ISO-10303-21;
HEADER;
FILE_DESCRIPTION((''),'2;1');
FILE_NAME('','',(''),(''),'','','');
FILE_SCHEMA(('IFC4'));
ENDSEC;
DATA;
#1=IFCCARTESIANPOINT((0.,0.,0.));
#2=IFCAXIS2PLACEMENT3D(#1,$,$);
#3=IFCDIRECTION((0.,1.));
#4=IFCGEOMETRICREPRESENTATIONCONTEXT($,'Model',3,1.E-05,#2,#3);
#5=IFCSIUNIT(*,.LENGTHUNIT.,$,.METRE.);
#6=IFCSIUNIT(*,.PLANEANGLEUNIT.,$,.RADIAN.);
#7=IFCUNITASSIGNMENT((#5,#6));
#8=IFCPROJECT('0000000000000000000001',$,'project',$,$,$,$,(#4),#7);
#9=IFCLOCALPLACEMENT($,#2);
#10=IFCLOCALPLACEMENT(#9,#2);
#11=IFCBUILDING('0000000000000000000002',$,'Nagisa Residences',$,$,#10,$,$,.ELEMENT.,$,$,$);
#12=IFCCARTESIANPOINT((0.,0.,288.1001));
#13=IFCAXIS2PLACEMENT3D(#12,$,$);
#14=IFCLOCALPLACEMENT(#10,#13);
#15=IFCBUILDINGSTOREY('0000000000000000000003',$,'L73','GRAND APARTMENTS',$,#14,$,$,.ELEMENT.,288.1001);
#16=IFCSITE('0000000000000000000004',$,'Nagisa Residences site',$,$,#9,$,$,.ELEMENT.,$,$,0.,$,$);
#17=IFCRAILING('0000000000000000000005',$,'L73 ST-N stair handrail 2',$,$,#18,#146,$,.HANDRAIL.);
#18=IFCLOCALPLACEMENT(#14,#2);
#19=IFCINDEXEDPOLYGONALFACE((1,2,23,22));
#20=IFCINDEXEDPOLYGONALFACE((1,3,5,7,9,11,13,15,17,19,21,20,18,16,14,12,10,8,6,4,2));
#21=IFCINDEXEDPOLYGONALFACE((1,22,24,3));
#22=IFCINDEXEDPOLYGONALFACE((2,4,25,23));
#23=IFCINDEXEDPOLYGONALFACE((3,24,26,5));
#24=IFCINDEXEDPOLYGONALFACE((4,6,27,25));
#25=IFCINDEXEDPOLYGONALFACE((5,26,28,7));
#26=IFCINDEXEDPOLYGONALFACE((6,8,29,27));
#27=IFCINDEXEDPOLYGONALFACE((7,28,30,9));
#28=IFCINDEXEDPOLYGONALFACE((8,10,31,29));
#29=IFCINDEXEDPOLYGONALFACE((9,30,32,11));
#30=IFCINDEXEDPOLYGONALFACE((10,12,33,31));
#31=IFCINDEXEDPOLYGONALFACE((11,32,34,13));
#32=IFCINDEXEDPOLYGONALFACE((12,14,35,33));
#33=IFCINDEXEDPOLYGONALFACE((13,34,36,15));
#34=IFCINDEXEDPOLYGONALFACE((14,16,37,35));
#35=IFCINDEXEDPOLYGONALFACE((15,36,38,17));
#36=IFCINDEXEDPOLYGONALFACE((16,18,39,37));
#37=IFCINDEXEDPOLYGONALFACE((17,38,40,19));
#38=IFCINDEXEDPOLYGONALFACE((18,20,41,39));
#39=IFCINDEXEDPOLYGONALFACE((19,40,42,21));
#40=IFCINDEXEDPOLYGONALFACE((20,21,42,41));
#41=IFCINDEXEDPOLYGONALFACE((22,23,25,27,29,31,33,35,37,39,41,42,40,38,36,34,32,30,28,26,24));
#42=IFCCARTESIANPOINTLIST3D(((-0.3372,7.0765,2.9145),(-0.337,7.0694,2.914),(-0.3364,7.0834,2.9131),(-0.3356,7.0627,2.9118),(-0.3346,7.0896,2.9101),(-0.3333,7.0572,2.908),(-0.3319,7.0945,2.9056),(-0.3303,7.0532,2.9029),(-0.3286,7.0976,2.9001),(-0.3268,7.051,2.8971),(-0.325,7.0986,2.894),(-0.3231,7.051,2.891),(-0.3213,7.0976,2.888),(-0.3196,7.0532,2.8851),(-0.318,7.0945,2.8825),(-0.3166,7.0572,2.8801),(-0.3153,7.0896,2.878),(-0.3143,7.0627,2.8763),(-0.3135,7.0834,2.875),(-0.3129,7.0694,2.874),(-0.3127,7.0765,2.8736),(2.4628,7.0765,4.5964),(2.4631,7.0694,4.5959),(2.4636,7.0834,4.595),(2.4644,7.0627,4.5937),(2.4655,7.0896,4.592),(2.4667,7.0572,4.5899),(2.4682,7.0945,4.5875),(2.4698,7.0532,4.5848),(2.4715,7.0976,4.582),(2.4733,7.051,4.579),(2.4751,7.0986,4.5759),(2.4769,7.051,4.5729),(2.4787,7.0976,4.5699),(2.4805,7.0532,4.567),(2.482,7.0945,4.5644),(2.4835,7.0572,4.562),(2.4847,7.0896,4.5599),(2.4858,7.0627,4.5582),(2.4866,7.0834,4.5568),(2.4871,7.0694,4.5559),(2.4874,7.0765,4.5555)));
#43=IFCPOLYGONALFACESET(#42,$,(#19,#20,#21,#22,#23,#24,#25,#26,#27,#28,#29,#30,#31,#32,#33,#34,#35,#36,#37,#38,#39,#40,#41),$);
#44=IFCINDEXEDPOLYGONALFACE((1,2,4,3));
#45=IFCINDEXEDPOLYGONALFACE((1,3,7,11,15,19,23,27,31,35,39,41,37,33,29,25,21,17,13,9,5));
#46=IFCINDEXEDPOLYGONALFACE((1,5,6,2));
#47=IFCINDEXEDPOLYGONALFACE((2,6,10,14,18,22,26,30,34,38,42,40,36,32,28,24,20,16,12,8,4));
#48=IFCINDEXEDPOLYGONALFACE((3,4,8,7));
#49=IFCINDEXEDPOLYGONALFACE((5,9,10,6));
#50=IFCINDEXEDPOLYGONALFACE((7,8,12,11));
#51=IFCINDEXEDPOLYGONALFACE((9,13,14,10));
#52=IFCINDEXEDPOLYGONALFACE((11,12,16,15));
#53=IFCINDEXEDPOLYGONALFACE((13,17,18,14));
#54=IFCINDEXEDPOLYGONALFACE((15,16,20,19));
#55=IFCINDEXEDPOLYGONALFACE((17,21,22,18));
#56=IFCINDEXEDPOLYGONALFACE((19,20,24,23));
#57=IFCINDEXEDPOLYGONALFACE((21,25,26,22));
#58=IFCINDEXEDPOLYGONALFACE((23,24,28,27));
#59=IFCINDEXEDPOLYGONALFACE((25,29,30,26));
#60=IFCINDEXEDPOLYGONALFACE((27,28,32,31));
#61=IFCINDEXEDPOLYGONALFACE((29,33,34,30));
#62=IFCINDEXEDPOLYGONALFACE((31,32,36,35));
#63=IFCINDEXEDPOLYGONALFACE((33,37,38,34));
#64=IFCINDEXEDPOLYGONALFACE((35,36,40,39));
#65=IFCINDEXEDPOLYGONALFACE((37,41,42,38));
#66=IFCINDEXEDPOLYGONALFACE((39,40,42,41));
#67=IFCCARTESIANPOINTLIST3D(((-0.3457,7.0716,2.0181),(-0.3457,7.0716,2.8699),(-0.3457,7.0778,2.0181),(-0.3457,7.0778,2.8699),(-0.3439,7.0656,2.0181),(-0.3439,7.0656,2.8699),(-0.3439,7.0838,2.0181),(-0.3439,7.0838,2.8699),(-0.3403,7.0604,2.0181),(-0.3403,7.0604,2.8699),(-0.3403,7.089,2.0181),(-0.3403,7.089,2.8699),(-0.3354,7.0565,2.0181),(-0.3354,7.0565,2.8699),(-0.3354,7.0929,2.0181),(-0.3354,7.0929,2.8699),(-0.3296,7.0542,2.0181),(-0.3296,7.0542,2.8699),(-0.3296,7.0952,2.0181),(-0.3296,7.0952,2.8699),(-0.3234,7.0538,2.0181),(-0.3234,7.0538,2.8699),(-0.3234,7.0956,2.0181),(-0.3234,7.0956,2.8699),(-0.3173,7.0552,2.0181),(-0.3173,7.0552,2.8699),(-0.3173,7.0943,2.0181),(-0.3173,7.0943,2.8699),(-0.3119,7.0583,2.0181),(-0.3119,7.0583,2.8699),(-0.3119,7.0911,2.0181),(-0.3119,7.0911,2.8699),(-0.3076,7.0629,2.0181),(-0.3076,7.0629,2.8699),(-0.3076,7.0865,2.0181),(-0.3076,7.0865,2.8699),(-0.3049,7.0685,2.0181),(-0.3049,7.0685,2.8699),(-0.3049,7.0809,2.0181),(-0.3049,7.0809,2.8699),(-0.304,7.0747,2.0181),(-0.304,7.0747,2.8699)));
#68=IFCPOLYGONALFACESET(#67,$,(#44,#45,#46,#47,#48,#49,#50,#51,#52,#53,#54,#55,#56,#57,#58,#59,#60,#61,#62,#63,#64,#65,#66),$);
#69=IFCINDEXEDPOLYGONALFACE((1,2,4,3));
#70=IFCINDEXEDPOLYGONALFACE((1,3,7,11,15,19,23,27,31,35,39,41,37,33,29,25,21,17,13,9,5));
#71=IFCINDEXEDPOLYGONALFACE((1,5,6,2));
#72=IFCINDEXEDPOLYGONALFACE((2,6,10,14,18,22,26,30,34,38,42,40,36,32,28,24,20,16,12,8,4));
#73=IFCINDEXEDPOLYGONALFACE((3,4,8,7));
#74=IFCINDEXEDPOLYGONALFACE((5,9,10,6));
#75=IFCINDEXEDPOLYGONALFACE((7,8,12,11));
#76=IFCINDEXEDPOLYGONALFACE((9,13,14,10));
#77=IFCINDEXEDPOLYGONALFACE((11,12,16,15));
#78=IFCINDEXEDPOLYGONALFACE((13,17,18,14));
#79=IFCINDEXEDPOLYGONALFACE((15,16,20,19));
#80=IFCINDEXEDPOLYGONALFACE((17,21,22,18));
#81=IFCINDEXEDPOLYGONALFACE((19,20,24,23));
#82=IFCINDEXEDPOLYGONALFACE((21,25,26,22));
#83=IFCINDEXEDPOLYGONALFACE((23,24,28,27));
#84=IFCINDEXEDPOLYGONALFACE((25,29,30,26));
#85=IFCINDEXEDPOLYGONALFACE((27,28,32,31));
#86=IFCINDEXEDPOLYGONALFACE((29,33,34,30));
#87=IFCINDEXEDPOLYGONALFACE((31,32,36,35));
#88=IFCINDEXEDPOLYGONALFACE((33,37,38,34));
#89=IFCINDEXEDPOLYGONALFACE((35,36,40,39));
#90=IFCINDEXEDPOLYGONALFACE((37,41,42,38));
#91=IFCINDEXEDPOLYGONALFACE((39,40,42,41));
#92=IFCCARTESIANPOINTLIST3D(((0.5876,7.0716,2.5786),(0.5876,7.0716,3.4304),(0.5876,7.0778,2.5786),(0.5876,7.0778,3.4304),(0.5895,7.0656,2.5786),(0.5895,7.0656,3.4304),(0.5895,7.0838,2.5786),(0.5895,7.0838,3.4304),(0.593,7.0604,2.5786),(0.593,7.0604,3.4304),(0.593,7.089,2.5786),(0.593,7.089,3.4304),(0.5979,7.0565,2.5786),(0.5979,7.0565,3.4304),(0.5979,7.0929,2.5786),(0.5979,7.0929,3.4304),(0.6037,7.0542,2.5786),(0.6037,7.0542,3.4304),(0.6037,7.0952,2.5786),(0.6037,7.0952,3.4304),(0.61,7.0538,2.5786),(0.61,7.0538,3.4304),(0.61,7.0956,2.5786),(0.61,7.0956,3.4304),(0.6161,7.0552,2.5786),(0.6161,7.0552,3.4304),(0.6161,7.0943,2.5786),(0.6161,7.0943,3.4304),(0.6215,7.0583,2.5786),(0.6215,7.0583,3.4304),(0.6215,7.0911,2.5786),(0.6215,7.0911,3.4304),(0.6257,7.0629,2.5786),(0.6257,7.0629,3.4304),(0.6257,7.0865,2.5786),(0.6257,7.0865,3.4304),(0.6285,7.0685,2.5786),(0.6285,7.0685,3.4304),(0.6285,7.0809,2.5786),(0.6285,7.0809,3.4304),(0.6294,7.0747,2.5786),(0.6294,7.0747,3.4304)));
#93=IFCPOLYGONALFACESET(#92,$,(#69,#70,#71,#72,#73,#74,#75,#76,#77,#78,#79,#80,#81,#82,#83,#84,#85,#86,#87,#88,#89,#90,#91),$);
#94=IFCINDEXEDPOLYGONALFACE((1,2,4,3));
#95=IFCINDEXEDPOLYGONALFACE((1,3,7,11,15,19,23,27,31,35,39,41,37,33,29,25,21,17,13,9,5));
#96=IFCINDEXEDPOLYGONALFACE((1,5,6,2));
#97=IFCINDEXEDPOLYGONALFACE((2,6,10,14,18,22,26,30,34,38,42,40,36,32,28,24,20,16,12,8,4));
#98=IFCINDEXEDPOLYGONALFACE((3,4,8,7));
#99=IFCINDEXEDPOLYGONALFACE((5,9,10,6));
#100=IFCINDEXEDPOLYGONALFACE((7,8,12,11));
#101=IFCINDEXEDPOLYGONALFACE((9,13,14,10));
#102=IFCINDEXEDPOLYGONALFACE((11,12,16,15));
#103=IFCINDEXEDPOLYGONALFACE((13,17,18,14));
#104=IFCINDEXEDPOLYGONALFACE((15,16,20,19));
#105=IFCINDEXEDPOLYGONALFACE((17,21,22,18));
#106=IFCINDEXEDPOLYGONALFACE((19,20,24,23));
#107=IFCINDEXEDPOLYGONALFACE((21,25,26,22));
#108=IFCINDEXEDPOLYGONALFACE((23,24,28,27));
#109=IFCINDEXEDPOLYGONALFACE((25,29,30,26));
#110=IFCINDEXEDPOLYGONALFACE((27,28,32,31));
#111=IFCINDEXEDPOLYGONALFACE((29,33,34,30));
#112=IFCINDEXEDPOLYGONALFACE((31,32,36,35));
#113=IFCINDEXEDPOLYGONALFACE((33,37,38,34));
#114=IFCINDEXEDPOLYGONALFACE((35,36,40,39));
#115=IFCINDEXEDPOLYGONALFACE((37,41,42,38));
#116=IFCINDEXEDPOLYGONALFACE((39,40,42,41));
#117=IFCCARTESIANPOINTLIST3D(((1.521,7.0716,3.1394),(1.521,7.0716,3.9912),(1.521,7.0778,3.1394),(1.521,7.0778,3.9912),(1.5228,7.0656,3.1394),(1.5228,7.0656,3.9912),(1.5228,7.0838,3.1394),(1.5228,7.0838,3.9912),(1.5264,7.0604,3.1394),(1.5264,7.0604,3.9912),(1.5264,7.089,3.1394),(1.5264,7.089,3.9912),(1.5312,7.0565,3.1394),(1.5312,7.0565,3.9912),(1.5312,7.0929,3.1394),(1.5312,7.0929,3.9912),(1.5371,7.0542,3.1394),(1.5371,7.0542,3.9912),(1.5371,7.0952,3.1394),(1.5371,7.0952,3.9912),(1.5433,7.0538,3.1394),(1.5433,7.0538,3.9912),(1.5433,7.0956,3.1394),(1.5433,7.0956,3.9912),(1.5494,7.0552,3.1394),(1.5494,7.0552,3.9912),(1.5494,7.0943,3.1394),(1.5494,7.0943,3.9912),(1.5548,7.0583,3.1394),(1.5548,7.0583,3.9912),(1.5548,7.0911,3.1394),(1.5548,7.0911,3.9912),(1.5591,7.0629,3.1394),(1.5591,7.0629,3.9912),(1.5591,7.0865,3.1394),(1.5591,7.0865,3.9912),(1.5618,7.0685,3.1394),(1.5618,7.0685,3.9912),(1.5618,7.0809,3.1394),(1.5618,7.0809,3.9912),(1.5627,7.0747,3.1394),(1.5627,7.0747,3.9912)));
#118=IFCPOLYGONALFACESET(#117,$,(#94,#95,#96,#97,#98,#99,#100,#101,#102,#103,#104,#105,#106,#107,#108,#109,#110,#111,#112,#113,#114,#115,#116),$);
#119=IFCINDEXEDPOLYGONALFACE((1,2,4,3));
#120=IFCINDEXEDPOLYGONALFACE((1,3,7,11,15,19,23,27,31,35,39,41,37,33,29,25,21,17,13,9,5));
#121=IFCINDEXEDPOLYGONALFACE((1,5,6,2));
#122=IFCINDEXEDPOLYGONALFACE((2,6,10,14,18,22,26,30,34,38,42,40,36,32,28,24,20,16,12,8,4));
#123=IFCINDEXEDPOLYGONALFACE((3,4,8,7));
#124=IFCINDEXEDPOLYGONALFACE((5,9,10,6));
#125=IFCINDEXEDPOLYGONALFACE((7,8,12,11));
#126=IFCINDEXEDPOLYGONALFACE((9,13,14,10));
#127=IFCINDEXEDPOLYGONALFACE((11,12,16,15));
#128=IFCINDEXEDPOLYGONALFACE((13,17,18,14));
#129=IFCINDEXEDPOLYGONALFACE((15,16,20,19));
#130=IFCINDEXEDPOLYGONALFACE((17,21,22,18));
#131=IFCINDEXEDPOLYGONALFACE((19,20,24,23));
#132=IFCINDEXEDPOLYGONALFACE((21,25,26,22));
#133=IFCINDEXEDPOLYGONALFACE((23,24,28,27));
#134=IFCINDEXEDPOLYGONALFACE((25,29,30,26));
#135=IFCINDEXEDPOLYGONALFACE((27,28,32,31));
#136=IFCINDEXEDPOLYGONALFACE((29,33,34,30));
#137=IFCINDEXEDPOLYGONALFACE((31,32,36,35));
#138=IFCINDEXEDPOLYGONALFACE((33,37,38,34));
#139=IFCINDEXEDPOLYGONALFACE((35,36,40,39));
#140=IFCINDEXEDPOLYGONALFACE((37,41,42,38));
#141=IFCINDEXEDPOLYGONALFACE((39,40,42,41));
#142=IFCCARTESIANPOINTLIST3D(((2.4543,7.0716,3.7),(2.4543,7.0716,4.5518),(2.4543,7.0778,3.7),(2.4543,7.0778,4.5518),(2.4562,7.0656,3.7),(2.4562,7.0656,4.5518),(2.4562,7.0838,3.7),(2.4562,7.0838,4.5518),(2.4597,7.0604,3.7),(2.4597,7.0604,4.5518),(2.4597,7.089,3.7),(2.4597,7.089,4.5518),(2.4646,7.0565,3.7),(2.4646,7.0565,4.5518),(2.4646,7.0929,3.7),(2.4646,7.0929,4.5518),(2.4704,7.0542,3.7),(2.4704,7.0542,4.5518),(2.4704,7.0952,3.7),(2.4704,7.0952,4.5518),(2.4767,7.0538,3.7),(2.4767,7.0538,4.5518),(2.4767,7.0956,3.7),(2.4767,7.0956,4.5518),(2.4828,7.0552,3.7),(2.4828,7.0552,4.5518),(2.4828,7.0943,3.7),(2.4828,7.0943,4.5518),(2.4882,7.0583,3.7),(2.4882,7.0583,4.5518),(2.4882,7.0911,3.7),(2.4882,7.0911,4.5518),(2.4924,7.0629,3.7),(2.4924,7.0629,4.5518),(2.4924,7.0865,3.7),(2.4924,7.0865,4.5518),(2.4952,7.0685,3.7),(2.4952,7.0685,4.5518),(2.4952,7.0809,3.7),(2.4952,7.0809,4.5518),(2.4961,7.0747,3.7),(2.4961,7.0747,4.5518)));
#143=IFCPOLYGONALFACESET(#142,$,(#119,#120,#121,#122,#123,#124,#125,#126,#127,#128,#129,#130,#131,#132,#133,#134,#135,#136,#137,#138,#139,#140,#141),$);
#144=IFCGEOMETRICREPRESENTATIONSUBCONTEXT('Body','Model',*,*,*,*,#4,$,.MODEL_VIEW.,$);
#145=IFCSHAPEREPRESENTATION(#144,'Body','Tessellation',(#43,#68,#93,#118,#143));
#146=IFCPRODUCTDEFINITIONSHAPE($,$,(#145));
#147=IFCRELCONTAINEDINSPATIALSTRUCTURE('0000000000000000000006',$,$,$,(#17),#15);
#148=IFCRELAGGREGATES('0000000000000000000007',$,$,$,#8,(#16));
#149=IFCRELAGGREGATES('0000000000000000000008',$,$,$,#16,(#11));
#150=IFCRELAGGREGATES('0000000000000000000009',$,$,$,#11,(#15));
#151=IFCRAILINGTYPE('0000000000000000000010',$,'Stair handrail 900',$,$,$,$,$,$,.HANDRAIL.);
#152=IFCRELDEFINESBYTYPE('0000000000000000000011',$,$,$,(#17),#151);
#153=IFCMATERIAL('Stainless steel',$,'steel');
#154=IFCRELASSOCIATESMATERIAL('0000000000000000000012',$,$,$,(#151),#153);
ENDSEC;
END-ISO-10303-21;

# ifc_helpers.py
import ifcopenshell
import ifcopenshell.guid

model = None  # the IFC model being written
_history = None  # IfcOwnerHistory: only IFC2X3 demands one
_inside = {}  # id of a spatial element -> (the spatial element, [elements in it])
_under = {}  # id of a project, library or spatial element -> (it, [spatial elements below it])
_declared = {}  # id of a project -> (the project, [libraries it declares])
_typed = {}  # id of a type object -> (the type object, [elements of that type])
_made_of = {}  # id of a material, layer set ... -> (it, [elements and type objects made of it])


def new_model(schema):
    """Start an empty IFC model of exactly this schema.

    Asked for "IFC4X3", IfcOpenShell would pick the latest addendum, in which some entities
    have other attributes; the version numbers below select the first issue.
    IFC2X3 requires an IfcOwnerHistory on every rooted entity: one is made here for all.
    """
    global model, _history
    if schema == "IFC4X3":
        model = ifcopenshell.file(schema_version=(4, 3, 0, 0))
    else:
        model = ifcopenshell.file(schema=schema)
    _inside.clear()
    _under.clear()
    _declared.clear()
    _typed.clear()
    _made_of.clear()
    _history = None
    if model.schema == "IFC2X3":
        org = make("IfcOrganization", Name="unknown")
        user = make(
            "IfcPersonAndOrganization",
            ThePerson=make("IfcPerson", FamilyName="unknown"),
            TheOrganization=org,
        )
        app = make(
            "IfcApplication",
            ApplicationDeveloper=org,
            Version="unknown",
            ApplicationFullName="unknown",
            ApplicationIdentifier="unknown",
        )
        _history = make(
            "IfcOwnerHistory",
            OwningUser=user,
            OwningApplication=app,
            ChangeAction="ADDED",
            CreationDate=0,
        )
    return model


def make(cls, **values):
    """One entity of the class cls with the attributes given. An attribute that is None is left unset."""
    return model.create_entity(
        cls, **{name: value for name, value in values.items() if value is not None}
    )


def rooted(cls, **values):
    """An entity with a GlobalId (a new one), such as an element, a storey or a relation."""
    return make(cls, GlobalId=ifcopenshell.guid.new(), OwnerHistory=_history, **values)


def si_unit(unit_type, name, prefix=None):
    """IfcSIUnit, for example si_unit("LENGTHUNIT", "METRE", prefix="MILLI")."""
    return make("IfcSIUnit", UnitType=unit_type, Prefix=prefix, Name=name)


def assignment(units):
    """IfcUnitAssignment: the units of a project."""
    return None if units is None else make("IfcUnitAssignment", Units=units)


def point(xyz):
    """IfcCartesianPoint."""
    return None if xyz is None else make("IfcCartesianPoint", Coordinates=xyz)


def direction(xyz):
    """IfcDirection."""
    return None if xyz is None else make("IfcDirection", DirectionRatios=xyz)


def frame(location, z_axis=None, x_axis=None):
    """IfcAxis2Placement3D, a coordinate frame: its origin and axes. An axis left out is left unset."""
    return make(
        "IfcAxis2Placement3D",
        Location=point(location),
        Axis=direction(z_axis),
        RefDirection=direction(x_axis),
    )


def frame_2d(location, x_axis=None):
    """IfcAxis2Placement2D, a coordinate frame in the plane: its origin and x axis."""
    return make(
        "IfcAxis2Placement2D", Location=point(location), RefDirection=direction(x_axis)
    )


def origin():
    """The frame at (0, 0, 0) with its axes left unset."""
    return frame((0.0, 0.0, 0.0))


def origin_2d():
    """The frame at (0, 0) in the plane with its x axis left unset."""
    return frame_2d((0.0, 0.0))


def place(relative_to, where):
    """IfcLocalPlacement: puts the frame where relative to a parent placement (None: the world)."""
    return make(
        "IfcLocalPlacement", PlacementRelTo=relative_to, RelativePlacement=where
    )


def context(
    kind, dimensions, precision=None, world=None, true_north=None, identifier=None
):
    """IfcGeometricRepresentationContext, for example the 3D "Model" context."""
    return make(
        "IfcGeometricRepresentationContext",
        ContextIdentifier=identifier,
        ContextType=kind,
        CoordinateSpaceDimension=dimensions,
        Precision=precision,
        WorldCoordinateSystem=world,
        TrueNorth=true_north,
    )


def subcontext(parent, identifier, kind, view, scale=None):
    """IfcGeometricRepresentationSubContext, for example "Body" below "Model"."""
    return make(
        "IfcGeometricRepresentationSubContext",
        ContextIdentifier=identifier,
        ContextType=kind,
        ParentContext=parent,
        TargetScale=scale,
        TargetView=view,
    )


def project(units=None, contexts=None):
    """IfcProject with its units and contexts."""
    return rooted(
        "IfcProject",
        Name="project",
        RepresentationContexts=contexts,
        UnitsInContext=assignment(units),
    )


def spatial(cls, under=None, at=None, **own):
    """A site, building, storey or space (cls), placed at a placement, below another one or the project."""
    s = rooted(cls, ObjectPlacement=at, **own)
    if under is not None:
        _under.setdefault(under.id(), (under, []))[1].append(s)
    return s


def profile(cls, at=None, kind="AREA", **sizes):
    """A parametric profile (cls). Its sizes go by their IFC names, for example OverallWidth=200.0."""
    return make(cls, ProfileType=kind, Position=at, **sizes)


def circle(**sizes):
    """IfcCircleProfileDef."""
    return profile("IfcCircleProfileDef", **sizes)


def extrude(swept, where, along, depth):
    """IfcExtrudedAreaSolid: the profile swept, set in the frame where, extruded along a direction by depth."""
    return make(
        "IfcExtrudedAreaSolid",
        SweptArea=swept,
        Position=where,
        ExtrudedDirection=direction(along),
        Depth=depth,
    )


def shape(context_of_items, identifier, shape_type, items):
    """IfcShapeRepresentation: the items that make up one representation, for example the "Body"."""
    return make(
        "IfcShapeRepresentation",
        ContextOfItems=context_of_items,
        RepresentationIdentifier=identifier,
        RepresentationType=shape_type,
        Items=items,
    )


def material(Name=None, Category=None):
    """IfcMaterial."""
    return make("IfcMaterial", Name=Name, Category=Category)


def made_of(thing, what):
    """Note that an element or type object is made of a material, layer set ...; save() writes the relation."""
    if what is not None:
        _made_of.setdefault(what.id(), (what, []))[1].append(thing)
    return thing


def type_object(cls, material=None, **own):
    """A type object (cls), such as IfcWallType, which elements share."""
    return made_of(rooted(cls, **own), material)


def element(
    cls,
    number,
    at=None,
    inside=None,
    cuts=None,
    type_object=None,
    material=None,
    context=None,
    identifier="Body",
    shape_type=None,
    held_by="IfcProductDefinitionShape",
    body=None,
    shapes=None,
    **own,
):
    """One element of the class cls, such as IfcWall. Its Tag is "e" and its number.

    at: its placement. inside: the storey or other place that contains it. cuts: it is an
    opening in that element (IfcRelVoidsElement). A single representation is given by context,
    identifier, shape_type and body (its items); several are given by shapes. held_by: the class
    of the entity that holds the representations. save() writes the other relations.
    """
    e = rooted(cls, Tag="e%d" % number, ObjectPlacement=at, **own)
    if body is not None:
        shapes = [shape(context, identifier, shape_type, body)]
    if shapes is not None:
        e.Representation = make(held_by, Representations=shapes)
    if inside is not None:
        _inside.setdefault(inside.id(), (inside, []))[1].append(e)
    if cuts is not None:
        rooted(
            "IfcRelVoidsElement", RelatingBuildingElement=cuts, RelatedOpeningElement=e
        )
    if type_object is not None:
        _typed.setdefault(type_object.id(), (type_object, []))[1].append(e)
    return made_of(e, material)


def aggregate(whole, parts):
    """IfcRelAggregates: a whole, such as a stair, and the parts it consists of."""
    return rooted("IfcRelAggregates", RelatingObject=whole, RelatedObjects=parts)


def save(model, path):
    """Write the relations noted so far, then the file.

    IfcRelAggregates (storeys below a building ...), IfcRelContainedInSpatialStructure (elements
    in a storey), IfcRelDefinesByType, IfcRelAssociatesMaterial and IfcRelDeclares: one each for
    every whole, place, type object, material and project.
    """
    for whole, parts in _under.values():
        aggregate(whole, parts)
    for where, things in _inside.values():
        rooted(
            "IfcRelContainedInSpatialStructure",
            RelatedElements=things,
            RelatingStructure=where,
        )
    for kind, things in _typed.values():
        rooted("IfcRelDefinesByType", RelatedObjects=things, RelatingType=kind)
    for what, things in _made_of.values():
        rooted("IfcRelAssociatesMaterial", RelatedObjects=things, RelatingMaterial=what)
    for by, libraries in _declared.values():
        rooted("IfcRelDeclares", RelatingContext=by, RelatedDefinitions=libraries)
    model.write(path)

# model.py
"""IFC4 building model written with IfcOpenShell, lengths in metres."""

from ifc_helpers import new_model, si_unit, direction, frame, origin, origin_2d, place, context, subcontext, project, spatial, circle, extrude, material, type_object, element, save


model = new_model("IFC4")

# Units and contexts
model_context = context("Model", 3, precision=1e-05, world=origin(), true_north=direction((0.0, 1.0)))
body_context = subcontext(model_context, "Body", "Model", "MODEL_VIEW")
ifc_project = project(units=[si_unit("LENGTHUNIT", "METRE"), si_unit("PLANEANGLEUNIT", "RADIAN")], contexts=[model_context])

# Site, building, storey
site_placement = place(None, origin())
site = spatial("IfcSite", under=ifc_project, at=site_placement, Name="Nagisa Residences site", CompositionType="ELEMENT", RefElevation=0.0)
building_placement = place(site_placement, origin())
building = spatial("IfcBuilding", under=site, at=building_placement, Name="Nagisa Residences", CompositionType="ELEMENT")
storey_placement = place(building_placement, frame((0.0, 0.0, 288.1001)))
storey = spatial("IfcBuildingStorey", under=building, at=storey_placement, Name="L73", Description="GRAND APARTMENTS", CompositionType="ELEMENT", Elevation=288.1001)

# Railing
ifc_material_1 = material(Name="Stainless steel", Category="steel")
railing_type = type_object("IfcRailingType", Name="Stair handrail 900", PredefinedType="HANDRAIL", material=ifc_material_1)
railing_placement = place(storey_placement, frame((-0.325, 7.0747, 2.0181)))
element("IfcRailing", 1, at=railing_placement, inside=storey, type_object=railing_type, Name="L73 ST-N stair handrail 2", PredefinedType="HANDRAIL", context=body_context, shape_type="SweptSolid", body=[
    extrude(circle(Radius=0.0239, at=origin_2d()), frame((0.0, 0.0, 0.876), z_axis=(0.857242, 0.0, 0.514913), x_axis=(0.0, 1.0, 0.0)), (0.0, 0.0, 1.0), 3.2664),
    extrude(circle(Radius=0.021, at=origin_2d()), origin(), (0.0, 0.0, 1.0), 0.8518),
    extrude(circle(Radius=0.021, at=origin_2d()), frame((0.9333, 0.0, 0.5605)), (0.0, 0.0, 1.0), 0.8518),
    extrude(circle(Radius=0.021, at=origin_2d()), frame((1.8667, 0.0, 1.1213)), (0.0, 0.0, 1.0), 0.8518),
    extrude(circle(Radius=0.021, at=origin_2d()), frame((2.8, 0.0, 1.6819)), (0.0, 0.0, 1.0), 0.8518),
])

save(model, "model.ifc")
